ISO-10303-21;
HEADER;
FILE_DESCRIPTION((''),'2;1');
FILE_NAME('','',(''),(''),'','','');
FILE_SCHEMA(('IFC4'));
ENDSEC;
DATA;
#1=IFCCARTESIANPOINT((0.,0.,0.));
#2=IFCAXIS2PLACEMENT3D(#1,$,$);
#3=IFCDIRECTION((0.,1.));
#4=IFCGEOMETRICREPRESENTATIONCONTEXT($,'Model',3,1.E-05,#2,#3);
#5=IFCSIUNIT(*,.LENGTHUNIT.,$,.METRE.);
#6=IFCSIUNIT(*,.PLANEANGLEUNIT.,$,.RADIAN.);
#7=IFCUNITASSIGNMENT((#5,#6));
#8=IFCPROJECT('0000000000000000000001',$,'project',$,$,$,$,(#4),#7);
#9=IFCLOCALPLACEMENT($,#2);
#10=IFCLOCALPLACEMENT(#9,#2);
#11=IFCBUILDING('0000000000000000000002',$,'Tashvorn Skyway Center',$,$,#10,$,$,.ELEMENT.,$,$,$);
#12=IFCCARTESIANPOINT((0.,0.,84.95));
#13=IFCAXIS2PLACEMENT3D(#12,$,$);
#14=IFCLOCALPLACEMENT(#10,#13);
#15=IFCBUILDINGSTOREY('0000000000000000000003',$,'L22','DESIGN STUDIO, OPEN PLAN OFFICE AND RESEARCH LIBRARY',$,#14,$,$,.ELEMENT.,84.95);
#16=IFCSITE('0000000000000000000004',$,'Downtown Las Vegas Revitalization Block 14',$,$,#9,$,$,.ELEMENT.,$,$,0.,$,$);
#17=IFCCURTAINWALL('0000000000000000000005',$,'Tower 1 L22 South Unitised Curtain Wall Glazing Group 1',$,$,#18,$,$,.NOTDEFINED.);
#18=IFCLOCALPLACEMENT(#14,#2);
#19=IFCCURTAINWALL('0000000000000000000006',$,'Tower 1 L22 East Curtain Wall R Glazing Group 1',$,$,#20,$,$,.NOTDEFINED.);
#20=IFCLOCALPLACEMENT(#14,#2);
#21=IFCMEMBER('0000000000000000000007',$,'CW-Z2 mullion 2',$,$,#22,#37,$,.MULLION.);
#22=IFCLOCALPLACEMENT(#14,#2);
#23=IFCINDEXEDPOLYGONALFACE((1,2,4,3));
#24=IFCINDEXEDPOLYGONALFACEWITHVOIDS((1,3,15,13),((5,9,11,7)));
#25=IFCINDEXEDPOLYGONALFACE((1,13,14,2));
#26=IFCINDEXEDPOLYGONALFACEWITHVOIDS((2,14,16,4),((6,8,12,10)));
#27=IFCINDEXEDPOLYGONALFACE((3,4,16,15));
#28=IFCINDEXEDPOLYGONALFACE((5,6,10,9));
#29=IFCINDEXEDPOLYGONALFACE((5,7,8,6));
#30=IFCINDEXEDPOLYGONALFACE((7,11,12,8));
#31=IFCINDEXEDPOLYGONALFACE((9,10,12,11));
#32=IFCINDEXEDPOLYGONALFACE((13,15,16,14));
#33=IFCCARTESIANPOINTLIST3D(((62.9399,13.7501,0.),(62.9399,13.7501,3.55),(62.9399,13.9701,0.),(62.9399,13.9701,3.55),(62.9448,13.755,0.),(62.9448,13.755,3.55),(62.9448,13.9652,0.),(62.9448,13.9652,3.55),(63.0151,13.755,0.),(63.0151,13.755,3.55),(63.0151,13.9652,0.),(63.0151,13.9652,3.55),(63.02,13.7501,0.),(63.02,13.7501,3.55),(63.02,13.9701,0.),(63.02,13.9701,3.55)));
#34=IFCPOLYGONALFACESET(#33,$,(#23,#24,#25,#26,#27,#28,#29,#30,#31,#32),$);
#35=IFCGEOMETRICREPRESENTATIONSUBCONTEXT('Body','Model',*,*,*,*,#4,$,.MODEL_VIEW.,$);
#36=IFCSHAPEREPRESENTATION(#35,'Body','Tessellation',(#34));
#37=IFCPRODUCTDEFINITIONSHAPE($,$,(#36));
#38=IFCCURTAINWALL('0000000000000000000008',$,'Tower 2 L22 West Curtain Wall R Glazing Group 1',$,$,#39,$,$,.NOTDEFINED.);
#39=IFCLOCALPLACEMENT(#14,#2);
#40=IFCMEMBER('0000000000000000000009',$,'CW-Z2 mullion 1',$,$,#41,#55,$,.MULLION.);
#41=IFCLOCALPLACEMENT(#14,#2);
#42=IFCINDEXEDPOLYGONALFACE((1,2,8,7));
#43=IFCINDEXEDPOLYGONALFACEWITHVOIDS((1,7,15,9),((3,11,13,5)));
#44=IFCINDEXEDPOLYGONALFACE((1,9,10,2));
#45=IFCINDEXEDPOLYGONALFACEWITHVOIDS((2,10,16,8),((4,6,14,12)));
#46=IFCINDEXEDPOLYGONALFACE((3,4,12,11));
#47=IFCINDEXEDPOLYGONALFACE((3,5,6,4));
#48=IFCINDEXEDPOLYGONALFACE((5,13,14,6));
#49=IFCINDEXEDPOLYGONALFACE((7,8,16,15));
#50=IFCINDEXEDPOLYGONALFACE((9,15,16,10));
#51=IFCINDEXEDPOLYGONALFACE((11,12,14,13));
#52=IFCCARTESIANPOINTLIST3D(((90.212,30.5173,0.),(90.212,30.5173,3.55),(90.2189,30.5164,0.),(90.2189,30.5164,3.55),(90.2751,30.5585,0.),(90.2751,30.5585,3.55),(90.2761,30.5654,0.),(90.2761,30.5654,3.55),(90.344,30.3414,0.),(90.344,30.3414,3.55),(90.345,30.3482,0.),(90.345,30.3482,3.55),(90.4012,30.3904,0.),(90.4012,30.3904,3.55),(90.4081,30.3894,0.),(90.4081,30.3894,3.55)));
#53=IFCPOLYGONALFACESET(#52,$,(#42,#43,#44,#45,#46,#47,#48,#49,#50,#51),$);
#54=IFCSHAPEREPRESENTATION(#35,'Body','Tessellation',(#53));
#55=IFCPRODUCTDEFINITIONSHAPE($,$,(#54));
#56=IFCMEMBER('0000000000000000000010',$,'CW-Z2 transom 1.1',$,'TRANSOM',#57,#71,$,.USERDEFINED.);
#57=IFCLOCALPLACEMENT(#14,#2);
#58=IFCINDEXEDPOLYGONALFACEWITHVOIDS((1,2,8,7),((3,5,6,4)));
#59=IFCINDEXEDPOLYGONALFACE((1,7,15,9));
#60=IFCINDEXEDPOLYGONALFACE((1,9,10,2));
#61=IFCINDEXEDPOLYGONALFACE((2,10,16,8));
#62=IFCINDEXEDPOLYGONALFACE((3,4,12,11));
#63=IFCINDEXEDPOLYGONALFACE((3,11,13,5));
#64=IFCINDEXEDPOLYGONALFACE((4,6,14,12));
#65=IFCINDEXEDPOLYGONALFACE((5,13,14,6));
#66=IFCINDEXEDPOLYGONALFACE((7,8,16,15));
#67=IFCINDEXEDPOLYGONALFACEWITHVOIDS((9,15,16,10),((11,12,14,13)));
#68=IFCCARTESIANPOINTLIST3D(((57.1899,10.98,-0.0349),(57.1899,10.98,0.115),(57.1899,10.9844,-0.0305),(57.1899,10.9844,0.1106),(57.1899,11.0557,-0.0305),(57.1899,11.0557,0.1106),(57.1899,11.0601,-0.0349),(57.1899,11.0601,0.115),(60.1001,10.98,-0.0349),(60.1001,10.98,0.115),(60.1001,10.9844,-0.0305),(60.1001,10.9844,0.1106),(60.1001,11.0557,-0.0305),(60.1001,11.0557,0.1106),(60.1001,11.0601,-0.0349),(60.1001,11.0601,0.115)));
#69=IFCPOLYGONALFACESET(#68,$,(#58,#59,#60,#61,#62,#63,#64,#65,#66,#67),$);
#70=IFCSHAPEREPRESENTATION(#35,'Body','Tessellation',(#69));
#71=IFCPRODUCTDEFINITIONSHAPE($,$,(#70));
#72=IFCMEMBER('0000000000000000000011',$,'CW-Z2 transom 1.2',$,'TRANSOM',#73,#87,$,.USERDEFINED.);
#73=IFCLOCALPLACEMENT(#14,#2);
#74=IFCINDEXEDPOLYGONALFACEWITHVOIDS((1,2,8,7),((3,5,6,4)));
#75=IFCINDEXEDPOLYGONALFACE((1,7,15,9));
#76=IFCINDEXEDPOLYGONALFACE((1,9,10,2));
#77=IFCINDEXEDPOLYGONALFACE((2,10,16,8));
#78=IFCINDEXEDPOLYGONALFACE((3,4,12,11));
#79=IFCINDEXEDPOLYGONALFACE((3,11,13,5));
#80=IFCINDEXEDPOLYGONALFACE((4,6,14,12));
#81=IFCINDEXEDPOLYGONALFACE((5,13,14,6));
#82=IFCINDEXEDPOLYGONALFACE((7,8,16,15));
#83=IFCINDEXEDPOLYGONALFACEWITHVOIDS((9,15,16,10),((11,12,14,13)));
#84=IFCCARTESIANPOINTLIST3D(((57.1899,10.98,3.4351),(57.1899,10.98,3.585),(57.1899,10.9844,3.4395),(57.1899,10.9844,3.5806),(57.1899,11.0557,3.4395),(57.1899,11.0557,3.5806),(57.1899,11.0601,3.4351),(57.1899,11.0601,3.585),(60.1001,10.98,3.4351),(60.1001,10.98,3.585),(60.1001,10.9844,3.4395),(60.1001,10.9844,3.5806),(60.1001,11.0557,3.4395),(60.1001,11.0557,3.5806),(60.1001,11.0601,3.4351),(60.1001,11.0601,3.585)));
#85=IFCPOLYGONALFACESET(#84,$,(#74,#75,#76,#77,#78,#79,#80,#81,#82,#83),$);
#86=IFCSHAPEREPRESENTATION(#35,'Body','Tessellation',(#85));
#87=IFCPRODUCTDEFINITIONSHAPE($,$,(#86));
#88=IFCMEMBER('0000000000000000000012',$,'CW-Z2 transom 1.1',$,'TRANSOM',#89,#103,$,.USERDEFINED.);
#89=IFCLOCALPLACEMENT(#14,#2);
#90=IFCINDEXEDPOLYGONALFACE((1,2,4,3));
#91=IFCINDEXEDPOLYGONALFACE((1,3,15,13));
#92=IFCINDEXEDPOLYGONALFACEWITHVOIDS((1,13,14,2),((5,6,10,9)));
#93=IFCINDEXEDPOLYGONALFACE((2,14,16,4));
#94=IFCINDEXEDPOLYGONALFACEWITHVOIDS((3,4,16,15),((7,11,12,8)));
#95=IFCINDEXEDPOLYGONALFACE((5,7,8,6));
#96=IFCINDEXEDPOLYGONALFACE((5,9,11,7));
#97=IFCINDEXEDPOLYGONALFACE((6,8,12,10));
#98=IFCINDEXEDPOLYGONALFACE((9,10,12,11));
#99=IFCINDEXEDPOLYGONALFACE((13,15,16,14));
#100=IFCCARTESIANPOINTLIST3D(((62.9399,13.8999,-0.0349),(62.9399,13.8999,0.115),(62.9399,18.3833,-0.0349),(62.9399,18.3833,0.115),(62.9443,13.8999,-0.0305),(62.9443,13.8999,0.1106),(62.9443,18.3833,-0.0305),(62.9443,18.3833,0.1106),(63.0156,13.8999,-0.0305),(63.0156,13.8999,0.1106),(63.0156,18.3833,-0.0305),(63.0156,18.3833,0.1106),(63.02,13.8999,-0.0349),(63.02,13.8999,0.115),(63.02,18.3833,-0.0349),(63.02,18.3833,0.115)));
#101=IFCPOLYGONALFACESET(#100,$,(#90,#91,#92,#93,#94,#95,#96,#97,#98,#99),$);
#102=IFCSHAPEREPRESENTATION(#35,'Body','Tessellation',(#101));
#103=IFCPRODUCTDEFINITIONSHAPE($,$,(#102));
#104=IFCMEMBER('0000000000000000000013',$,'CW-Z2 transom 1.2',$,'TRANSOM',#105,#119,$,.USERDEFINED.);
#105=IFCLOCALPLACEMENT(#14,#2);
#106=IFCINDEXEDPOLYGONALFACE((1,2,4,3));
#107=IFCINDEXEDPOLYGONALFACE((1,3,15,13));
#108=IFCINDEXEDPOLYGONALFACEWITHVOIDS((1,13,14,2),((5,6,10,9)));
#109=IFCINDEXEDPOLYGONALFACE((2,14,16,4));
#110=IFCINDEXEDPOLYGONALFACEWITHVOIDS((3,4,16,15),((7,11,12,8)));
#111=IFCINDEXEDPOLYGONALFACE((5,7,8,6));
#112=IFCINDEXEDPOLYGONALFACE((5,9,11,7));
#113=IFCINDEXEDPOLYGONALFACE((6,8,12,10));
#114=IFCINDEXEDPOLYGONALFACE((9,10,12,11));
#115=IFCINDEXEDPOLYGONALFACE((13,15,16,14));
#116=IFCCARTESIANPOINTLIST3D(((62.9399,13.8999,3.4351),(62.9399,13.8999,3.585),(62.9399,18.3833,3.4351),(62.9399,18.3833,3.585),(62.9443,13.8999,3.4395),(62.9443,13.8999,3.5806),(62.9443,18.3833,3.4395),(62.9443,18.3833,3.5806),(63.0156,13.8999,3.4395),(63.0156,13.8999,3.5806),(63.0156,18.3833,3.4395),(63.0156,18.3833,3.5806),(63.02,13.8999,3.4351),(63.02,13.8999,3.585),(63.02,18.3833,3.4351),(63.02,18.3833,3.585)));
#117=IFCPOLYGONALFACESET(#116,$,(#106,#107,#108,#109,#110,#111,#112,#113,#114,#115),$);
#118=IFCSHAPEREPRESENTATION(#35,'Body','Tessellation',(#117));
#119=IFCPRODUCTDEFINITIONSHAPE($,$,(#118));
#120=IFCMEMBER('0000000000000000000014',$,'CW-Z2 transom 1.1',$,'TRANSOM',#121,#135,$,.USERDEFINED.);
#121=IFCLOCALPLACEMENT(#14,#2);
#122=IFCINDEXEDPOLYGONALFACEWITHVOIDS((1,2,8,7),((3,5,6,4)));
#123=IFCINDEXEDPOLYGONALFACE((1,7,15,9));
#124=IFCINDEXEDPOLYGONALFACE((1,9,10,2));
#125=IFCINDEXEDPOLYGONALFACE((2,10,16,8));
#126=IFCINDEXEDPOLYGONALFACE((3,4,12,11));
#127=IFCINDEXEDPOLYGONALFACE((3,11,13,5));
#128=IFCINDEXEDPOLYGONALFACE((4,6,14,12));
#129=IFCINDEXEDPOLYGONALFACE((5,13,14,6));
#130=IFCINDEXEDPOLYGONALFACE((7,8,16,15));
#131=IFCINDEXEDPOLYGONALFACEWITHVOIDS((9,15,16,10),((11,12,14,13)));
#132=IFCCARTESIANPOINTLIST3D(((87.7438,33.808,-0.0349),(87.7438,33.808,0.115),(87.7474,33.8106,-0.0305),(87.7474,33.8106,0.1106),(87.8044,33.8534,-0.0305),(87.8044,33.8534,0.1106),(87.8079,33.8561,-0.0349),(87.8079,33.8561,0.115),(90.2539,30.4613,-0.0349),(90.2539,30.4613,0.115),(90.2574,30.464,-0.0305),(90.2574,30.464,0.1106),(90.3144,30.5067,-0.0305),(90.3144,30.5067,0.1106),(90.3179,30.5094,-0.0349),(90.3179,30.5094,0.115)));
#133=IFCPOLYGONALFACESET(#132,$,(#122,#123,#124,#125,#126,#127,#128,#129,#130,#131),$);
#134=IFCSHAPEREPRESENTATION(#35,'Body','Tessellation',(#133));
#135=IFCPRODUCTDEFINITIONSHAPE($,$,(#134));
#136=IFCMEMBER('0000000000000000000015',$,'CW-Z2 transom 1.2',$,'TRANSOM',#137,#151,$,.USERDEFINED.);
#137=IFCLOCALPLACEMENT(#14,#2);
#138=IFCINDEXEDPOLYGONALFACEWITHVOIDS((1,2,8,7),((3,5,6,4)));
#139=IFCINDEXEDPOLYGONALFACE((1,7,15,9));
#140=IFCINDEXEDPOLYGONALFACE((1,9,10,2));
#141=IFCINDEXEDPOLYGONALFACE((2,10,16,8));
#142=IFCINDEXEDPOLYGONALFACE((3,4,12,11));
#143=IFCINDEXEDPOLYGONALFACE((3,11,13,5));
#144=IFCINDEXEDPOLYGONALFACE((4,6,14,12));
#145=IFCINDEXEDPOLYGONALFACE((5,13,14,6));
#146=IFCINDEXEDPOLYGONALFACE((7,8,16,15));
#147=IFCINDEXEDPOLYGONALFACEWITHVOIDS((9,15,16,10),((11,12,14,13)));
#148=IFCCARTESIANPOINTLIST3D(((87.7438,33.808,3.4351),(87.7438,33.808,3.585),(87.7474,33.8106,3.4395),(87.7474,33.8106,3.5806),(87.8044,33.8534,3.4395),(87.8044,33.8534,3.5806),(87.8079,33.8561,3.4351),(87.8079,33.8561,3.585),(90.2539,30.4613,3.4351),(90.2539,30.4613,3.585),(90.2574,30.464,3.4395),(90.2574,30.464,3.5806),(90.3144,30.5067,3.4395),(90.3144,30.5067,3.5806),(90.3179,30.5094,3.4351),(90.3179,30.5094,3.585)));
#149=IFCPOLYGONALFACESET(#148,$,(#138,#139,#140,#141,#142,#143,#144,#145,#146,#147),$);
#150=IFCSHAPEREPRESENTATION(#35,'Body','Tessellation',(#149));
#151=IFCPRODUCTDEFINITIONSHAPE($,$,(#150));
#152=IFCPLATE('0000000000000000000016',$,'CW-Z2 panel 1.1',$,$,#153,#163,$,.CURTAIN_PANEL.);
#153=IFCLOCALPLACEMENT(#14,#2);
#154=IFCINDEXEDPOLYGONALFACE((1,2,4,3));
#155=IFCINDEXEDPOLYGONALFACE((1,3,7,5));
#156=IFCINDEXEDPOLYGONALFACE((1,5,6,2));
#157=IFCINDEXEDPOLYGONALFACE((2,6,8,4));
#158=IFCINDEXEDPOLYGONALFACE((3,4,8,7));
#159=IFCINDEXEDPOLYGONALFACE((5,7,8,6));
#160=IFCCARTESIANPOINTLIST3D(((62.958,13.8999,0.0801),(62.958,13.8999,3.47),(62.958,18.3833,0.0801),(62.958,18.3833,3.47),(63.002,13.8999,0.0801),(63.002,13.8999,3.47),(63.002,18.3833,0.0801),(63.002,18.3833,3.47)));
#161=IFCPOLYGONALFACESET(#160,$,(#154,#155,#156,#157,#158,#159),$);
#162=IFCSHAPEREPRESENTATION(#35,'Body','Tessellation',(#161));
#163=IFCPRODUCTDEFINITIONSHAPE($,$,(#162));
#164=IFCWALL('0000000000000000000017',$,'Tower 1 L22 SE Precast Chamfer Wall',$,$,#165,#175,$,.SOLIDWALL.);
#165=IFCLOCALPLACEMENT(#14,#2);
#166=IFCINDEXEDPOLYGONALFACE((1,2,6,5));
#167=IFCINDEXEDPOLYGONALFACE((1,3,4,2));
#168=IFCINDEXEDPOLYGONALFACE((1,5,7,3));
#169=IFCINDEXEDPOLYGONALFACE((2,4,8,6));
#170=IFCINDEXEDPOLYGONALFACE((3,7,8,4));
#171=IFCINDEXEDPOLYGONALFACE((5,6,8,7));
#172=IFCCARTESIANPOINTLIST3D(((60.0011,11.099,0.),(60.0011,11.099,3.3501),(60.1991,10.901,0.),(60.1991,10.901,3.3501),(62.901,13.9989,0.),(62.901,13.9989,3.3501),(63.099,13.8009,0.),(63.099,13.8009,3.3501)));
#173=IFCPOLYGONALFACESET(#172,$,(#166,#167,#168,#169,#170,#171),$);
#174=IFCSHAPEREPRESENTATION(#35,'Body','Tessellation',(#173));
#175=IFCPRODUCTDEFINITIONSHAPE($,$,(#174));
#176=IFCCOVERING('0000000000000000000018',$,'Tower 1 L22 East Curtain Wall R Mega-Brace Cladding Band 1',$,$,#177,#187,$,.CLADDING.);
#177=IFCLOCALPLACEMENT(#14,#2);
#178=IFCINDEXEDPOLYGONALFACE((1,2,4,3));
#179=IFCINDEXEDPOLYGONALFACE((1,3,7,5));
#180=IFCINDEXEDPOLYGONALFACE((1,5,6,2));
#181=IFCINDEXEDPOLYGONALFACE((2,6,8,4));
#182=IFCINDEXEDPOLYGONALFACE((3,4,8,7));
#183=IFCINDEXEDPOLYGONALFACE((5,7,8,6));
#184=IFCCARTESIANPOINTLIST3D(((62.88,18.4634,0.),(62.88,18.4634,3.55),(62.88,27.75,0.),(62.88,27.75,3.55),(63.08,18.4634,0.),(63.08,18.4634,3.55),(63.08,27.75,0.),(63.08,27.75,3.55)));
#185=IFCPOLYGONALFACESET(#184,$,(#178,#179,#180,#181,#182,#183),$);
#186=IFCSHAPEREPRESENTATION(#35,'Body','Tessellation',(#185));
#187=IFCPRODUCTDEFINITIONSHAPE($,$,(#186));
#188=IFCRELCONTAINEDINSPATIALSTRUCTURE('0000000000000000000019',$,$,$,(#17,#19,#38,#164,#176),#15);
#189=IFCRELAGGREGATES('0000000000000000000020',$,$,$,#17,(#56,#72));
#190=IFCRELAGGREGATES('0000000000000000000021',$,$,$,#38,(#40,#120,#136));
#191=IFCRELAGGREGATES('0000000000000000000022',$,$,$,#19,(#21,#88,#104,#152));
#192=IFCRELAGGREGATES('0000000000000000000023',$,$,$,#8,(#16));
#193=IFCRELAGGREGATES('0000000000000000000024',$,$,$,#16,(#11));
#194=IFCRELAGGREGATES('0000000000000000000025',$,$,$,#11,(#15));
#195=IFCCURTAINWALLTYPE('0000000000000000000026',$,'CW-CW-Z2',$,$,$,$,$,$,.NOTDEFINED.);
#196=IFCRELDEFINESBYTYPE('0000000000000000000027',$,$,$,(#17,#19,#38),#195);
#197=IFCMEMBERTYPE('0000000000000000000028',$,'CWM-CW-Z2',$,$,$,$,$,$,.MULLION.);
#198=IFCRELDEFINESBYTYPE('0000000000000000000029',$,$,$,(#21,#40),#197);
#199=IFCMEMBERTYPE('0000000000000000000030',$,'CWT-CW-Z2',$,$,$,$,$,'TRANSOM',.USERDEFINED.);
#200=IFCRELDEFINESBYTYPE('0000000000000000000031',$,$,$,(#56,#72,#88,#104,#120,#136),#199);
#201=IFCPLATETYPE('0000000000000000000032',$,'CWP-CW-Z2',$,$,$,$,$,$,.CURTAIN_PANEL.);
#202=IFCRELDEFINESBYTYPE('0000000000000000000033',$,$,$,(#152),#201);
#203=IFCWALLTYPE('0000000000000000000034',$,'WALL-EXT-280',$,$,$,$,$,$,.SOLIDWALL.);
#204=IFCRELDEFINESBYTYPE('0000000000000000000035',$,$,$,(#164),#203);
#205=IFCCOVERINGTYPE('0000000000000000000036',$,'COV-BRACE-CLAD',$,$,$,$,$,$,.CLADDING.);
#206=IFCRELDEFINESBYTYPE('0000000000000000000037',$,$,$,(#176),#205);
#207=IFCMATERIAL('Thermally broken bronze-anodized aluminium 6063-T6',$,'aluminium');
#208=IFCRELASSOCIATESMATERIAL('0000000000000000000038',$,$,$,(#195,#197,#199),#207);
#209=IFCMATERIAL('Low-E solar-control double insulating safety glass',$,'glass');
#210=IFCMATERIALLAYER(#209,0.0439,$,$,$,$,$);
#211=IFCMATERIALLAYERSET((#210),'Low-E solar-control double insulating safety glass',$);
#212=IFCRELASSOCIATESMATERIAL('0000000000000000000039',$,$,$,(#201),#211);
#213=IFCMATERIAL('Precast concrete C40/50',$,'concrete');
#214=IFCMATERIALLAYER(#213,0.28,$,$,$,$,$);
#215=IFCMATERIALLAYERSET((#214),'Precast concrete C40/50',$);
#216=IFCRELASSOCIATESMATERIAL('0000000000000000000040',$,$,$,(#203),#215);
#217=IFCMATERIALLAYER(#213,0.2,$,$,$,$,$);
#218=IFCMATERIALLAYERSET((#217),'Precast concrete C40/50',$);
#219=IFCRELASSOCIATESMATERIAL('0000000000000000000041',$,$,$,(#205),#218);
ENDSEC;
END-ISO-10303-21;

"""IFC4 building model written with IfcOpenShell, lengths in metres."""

from ifc_helpers import new_model, si_unit, direction, frame, frame_2d, origin, origin_2d, place, context, subcontext, project, spatial, rectangle, hollow_rectangle, extrude, material, layer, layer_set, material_profile, profile_set, type_object, element, aggregate, save


model = new_model("IFC4")

# Units and contexts
model_context = context("Model", 3, precision=1e-05, world=origin(), true_north=direction((0.0, 1.0)))
body_context = subcontext(model_context, "Body", "Model", "MODEL_VIEW")
ifc_project = project(units=[si_unit("LENGTHUNIT", "METRE"), si_unit("PLANEANGLEUNIT", "RADIAN")], contexts=[model_context])

# Site, building, storey
site_placement = place(None, origin())
site = spatial("IfcSite", under=ifc_project, at=site_placement, Name="Downtown Las Vegas Revitalization Block 14", CompositionType="ELEMENT", RefElevation=0.0)
building_placement = place(site_placement, origin())
building = spatial("IfcBuilding", under=site, at=building_placement, Name="Tashvorn Skyway Center", CompositionType="ELEMENT")
storey_placement = place(building_placement, frame((0.0, 0.0, 84.95)))
storey = spatial("IfcBuildingStorey", under=building, at=storey_placement, Name="L22", Description="DESIGN STUDIO, OPEN PLAN OFFICE AND RESEARCH LIBRARY", CompositionType="ELEMENT", Elevation=84.95)

# Curtain wall
ifc_material_1 = material(Name="Thermally broken bronze-anodized aluminium 6063-T6", Category="aluminium")
curtain_wall_type = type_object("IfcCurtainWallType", Name="CW-CW-Z2", PredefinedType="NOTDEFINED", material=ifc_material_1)
curtain_wall_1_placement = place(storey_placement, origin())
curtain_wall_1 = element("IfcCurtainWall", 1, at=curtain_wall_1_placement, inside=storey, type_object=curtain_wall_type, Name="Tower 1 L22 South Unitised Curtain Wall Glazing Group 1", PredefinedType="NOTDEFINED")
ifc_material_profile_1 = material_profile(ifc_material_1, hollow_rectangle(XDim=0.0801, YDim=0.22, WallThickness=0.0049, at=origin_2d()), Name="ALU-MULL-80x220")
ifc_profile_set_1 = profile_set([ifc_material_profile_1], Name="Thermally broken bronze-anodized aluminium 6063-T6")
member_type_1 = type_object("IfcMemberType", Name="CWM-CW-Z2", PredefinedType="MULLION", material=ifc_profile_set_1)

# Curtain wall, member
curtain_wall_2_placement = place(storey_placement, origin())
curtain_wall_2 = element("IfcCurtainWall", 2, at=curtain_wall_2_placement, inside=storey, type_object=curtain_wall_type, Name="Tower 1 L22 East Curtain Wall R Glazing Group 1", PredefinedType="NOTDEFINED")
member_1_placement = place(storey_placement, frame((62.98, 13.8601, 0.0), z_axis=(0.0, 0.0, 1.0), x_axis=(1.0, 0.0, 0.0)))
member_1 = element("IfcMember", 3, at=member_1_placement, type_object=member_type_1, Name="CW-Z2 mullion 2", PredefinedType="MULLION", context=body_context, shape_type="SweptSolid", body=[
    extrude(hollow_rectangle(XDim=0.0801, YDim=0.22, WallThickness=0.0049, at=origin_2d()), origin(), (0.0, 0.0, 1.0), 3.55),
])

# Curtain wall, member
curtain_wall_3_placement = place(storey_placement, origin())
curtain_wall_3 = element("IfcCurtainWall", 4, at=curtain_wall_3_placement, inside=storey, type_object=curtain_wall_type, Name="Tower 2 L22 West Curtain Wall R Glazing Group 1", PredefinedType="NOTDEFINED")
member_2_placement = place(storey_placement, frame((90.3101, 30.4534, 0.0), z_axis=(0.0, 0.0, 1.0), x_axis=(-0.800003, -0.599996, 0.0)))
member_2 = element("IfcMember", 5, at=member_2_placement, type_object=member_type_1, Name="CW-Z2 mullion 1", PredefinedType="MULLION", context=body_context, shape_type="SweptSolid", body=[
    extrude(hollow_rectangle(XDim=0.0801, YDim=0.22, WallThickness=0.0049, at=origin_2d()), origin(), (0.0, 0.0, 1.0), 3.55),
])

# Members
ifc_material_profile_2 = material_profile(ifc_material_1, hollow_rectangle(XDim=0.0801, YDim=0.1499, WallThickness=0.0044, at=origin_2d()), Name="ALU-TRAN-80x150")
ifc_profile_set_2 = profile_set([ifc_material_profile_2], Name="Thermally broken bronze-anodized aluminium 6063-T6")
member_type_2 = type_object("IfcMemberType", Name="CWT-CW-Z2", ElementType="TRANSOM", PredefinedType="USERDEFINED", material=ifc_profile_set_2)
member_3_placement = place(storey_placement, frame((60.1001, 11.02, 0.04), z_axis=(-1.0, 0.0, 0.0), x_axis=(0.0, -1.0, 0.0)))
member_3 = element("IfcMember", 6, at=member_3_placement, type_object=member_type_2, Name="CW-Z2 transom 1.1", ObjectType="TRANSOM", PredefinedType="USERDEFINED", context=body_context, shape_type="SweptSolid", body=[
    extrude(hollow_rectangle(XDim=0.0801, YDim=0.1499, WallThickness=0.0044, at=origin_2d()), origin(), (0.0, 0.0, 1.0), 2.9102),
])
member_4_placement = place(storey_placement, frame((60.1001, 11.02, 3.51), z_axis=(-1.0, 0.0, 0.0), x_axis=(0.0, -1.0, 0.0)))
member_4 = element("IfcMember", 7, at=member_4_placement, type_object=member_type_2, Name="CW-Z2 transom 1.2", ObjectType="TRANSOM", PredefinedType="USERDEFINED", context=body_context, shape_type="SweptSolid", body=[
    extrude(hollow_rectangle(XDim=0.0801, YDim=0.1499, WallThickness=0.0044, at=origin_2d()), origin(), (0.0, 0.0, 1.0), 2.9102),
])
aggregate(curtain_wall_1, [member_3, member_4])
member_5_placement = place(storey_placement, frame((62.98, 18.3833, 0.04), z_axis=(0.0, -1.0, 0.0), x_axis=(1.0, 0.0, 0.0)))
member_5 = element("IfcMember", 8, at=member_5_placement, type_object=member_type_2, Name="CW-Z2 transom 1.1", ObjectType="TRANSOM", PredefinedType="USERDEFINED", context=body_context, shape_type="SweptSolid", body=[
    extrude(hollow_rectangle(XDim=0.0801, YDim=0.1499, WallThickness=0.0044, at=origin_2d()), origin(), (0.0, 0.0, 1.0), 4.4834),
])
member_6_placement = place(storey_placement, frame((62.98, 18.3833, 3.51), z_axis=(0.0, -1.0, 0.0), x_axis=(1.0, 0.0, 0.0)))
member_6 = element("IfcMember", 9, at=member_6_placement, type_object=member_type_2, Name="CW-Z2 transom 1.2", ObjectType="TRANSOM", PredefinedType="USERDEFINED", context=body_context, shape_type="SweptSolid", body=[
    extrude(hollow_rectangle(XDim=0.0801, YDim=0.1499, WallThickness=0.0044, at=origin_2d()), origin(), (0.0, 0.0, 1.0), 4.4834),
])
member_7_placement = place(storey_placement, frame((90.2859, 30.4854, 0.04), z_axis=(-0.6, 0.8, 0.0), x_axis=(-0.8, -0.6, 0.0)))
member_7 = element("IfcMember", 10, at=member_7_placement, type_object=member_type_2, Name="CW-Z2 transom 1.1", ObjectType="TRANSOM", PredefinedType="USERDEFINED", context=body_context, shape_type="SweptSolid", body=[
    extrude(hollow_rectangle(XDim=0.0801, YDim=0.1499, WallThickness=0.0044, at=origin_2d()), origin(), (0.0, 0.0, 1.0), 4.1833),
])
member_8_placement = place(storey_placement, frame((90.2859, 30.4854, 3.51), z_axis=(-0.6, 0.8, 0.0), x_axis=(-0.8, -0.6, 0.0)))
member_8 = element("IfcMember", 11, at=member_8_placement, type_object=member_type_2, Name="CW-Z2 transom 1.2", ObjectType="TRANSOM", PredefinedType="USERDEFINED", context=body_context, shape_type="SweptSolid", body=[
    extrude(hollow_rectangle(XDim=0.0801, YDim=0.1499, WallThickness=0.0044, at=origin_2d()), origin(), (0.0, 0.0, 1.0), 4.1833),
])
aggregate(curtain_wall_3, [member_2, member_7, member_8])

# Plate
ifc_material_2 = material(Name="Low-E solar-control double insulating safety glass", Category="glass")
ifc_layer_1 = layer(ifc_material_2, 0.0439)
ifc_layer_set_1 = layer_set([ifc_layer_1], Name="Low-E solar-control double insulating safety glass")
plate_type = type_object("IfcPlateType", Name="CWP-CW-Z2", PredefinedType="CURTAIN_PANEL", material=ifc_layer_set_1)
plate_placement = place(storey_placement, frame((62.98, 16.1416, 0.0801), z_axis=(0.0, 0.0, 1.0), x_axis=(0.0, -1.0, 0.0)))
plate = element("IfcPlate", 12, at=plate_placement, type_object=plate_type, Name="CW-Z2 panel 1.1", PredefinedType="CURTAIN_PANEL", context=body_context, shape_type="SweptSolid", body=[
    extrude(rectangle(XDim=4.4834, YDim=0.0439, at=origin_2d()), origin(), (0.0, 0.0, 1.0), 3.3899),
])
aggregate(curtain_wall_2, [member_1, member_5, member_6, plate])

# Wall
ifc_material_3 = material(Name="Precast concrete C40/50", Category="concrete")
ifc_layer_2 = layer(ifc_material_3, 0.28)
ifc_layer_set_2 = layer_set([ifc_layer_2], Name="Precast concrete C40/50")
wall_type = type_object("IfcWallType", Name="WALL-EXT-280", PredefinedType="SOLIDWALL", material=ifc_layer_set_2)
wall_placement = place(storey_placement, frame((63.0, 13.8999, 0.0), z_axis=(0.0, 0.0, 1.0), x_axis=(-0.707107, -0.707107, 0.0)))
element("IfcWall", 13, at=wall_placement, inside=storey, type_object=wall_type, Name="Tower 1 L22 SE Precast Chamfer Wall", PredefinedType="SOLIDWALL", context=body_context, shape_type="SweptSolid", body=[
    extrude(rectangle(XDim=4.1011, YDim=0.28, at=frame_2d((2.0505, 0.0))), origin(), (0.0, 0.0, 1.0), 3.3501),
])

# Covering
ifc_layer_3 = layer(ifc_material_3, 0.2)
ifc_layer_set_3 = layer_set([ifc_layer_3], Name="Precast concrete C40/50")
covering_type_1 = type_object("IfcCoveringType", Name="COV-BRACE-CLAD", PredefinedType="CLADDING", material=ifc_layer_set_3)
covering_1_placement = place(storey_placement, frame((62.98, 23.1067, 0.0), z_axis=(0.0, 0.0, 1.0), x_axis=(0.0, -1.0, 0.0)))
element("IfcCovering", 14, at=covering_1_placement, inside=storey, type_object=covering_type_1, Name="Tower 1 L22 East Curtain Wall R Mega-Brace Cladding Band 1", PredefinedType="CLADDING", context=body_context, shape_type="SweptSolid", body=[
    extrude(rectangle(XDim=9.2866, YDim=0.2, at=origin_2d()), origin(), (0.0, 0.0, 1.0), 3.55),
])

save(model, "model.ifc")
